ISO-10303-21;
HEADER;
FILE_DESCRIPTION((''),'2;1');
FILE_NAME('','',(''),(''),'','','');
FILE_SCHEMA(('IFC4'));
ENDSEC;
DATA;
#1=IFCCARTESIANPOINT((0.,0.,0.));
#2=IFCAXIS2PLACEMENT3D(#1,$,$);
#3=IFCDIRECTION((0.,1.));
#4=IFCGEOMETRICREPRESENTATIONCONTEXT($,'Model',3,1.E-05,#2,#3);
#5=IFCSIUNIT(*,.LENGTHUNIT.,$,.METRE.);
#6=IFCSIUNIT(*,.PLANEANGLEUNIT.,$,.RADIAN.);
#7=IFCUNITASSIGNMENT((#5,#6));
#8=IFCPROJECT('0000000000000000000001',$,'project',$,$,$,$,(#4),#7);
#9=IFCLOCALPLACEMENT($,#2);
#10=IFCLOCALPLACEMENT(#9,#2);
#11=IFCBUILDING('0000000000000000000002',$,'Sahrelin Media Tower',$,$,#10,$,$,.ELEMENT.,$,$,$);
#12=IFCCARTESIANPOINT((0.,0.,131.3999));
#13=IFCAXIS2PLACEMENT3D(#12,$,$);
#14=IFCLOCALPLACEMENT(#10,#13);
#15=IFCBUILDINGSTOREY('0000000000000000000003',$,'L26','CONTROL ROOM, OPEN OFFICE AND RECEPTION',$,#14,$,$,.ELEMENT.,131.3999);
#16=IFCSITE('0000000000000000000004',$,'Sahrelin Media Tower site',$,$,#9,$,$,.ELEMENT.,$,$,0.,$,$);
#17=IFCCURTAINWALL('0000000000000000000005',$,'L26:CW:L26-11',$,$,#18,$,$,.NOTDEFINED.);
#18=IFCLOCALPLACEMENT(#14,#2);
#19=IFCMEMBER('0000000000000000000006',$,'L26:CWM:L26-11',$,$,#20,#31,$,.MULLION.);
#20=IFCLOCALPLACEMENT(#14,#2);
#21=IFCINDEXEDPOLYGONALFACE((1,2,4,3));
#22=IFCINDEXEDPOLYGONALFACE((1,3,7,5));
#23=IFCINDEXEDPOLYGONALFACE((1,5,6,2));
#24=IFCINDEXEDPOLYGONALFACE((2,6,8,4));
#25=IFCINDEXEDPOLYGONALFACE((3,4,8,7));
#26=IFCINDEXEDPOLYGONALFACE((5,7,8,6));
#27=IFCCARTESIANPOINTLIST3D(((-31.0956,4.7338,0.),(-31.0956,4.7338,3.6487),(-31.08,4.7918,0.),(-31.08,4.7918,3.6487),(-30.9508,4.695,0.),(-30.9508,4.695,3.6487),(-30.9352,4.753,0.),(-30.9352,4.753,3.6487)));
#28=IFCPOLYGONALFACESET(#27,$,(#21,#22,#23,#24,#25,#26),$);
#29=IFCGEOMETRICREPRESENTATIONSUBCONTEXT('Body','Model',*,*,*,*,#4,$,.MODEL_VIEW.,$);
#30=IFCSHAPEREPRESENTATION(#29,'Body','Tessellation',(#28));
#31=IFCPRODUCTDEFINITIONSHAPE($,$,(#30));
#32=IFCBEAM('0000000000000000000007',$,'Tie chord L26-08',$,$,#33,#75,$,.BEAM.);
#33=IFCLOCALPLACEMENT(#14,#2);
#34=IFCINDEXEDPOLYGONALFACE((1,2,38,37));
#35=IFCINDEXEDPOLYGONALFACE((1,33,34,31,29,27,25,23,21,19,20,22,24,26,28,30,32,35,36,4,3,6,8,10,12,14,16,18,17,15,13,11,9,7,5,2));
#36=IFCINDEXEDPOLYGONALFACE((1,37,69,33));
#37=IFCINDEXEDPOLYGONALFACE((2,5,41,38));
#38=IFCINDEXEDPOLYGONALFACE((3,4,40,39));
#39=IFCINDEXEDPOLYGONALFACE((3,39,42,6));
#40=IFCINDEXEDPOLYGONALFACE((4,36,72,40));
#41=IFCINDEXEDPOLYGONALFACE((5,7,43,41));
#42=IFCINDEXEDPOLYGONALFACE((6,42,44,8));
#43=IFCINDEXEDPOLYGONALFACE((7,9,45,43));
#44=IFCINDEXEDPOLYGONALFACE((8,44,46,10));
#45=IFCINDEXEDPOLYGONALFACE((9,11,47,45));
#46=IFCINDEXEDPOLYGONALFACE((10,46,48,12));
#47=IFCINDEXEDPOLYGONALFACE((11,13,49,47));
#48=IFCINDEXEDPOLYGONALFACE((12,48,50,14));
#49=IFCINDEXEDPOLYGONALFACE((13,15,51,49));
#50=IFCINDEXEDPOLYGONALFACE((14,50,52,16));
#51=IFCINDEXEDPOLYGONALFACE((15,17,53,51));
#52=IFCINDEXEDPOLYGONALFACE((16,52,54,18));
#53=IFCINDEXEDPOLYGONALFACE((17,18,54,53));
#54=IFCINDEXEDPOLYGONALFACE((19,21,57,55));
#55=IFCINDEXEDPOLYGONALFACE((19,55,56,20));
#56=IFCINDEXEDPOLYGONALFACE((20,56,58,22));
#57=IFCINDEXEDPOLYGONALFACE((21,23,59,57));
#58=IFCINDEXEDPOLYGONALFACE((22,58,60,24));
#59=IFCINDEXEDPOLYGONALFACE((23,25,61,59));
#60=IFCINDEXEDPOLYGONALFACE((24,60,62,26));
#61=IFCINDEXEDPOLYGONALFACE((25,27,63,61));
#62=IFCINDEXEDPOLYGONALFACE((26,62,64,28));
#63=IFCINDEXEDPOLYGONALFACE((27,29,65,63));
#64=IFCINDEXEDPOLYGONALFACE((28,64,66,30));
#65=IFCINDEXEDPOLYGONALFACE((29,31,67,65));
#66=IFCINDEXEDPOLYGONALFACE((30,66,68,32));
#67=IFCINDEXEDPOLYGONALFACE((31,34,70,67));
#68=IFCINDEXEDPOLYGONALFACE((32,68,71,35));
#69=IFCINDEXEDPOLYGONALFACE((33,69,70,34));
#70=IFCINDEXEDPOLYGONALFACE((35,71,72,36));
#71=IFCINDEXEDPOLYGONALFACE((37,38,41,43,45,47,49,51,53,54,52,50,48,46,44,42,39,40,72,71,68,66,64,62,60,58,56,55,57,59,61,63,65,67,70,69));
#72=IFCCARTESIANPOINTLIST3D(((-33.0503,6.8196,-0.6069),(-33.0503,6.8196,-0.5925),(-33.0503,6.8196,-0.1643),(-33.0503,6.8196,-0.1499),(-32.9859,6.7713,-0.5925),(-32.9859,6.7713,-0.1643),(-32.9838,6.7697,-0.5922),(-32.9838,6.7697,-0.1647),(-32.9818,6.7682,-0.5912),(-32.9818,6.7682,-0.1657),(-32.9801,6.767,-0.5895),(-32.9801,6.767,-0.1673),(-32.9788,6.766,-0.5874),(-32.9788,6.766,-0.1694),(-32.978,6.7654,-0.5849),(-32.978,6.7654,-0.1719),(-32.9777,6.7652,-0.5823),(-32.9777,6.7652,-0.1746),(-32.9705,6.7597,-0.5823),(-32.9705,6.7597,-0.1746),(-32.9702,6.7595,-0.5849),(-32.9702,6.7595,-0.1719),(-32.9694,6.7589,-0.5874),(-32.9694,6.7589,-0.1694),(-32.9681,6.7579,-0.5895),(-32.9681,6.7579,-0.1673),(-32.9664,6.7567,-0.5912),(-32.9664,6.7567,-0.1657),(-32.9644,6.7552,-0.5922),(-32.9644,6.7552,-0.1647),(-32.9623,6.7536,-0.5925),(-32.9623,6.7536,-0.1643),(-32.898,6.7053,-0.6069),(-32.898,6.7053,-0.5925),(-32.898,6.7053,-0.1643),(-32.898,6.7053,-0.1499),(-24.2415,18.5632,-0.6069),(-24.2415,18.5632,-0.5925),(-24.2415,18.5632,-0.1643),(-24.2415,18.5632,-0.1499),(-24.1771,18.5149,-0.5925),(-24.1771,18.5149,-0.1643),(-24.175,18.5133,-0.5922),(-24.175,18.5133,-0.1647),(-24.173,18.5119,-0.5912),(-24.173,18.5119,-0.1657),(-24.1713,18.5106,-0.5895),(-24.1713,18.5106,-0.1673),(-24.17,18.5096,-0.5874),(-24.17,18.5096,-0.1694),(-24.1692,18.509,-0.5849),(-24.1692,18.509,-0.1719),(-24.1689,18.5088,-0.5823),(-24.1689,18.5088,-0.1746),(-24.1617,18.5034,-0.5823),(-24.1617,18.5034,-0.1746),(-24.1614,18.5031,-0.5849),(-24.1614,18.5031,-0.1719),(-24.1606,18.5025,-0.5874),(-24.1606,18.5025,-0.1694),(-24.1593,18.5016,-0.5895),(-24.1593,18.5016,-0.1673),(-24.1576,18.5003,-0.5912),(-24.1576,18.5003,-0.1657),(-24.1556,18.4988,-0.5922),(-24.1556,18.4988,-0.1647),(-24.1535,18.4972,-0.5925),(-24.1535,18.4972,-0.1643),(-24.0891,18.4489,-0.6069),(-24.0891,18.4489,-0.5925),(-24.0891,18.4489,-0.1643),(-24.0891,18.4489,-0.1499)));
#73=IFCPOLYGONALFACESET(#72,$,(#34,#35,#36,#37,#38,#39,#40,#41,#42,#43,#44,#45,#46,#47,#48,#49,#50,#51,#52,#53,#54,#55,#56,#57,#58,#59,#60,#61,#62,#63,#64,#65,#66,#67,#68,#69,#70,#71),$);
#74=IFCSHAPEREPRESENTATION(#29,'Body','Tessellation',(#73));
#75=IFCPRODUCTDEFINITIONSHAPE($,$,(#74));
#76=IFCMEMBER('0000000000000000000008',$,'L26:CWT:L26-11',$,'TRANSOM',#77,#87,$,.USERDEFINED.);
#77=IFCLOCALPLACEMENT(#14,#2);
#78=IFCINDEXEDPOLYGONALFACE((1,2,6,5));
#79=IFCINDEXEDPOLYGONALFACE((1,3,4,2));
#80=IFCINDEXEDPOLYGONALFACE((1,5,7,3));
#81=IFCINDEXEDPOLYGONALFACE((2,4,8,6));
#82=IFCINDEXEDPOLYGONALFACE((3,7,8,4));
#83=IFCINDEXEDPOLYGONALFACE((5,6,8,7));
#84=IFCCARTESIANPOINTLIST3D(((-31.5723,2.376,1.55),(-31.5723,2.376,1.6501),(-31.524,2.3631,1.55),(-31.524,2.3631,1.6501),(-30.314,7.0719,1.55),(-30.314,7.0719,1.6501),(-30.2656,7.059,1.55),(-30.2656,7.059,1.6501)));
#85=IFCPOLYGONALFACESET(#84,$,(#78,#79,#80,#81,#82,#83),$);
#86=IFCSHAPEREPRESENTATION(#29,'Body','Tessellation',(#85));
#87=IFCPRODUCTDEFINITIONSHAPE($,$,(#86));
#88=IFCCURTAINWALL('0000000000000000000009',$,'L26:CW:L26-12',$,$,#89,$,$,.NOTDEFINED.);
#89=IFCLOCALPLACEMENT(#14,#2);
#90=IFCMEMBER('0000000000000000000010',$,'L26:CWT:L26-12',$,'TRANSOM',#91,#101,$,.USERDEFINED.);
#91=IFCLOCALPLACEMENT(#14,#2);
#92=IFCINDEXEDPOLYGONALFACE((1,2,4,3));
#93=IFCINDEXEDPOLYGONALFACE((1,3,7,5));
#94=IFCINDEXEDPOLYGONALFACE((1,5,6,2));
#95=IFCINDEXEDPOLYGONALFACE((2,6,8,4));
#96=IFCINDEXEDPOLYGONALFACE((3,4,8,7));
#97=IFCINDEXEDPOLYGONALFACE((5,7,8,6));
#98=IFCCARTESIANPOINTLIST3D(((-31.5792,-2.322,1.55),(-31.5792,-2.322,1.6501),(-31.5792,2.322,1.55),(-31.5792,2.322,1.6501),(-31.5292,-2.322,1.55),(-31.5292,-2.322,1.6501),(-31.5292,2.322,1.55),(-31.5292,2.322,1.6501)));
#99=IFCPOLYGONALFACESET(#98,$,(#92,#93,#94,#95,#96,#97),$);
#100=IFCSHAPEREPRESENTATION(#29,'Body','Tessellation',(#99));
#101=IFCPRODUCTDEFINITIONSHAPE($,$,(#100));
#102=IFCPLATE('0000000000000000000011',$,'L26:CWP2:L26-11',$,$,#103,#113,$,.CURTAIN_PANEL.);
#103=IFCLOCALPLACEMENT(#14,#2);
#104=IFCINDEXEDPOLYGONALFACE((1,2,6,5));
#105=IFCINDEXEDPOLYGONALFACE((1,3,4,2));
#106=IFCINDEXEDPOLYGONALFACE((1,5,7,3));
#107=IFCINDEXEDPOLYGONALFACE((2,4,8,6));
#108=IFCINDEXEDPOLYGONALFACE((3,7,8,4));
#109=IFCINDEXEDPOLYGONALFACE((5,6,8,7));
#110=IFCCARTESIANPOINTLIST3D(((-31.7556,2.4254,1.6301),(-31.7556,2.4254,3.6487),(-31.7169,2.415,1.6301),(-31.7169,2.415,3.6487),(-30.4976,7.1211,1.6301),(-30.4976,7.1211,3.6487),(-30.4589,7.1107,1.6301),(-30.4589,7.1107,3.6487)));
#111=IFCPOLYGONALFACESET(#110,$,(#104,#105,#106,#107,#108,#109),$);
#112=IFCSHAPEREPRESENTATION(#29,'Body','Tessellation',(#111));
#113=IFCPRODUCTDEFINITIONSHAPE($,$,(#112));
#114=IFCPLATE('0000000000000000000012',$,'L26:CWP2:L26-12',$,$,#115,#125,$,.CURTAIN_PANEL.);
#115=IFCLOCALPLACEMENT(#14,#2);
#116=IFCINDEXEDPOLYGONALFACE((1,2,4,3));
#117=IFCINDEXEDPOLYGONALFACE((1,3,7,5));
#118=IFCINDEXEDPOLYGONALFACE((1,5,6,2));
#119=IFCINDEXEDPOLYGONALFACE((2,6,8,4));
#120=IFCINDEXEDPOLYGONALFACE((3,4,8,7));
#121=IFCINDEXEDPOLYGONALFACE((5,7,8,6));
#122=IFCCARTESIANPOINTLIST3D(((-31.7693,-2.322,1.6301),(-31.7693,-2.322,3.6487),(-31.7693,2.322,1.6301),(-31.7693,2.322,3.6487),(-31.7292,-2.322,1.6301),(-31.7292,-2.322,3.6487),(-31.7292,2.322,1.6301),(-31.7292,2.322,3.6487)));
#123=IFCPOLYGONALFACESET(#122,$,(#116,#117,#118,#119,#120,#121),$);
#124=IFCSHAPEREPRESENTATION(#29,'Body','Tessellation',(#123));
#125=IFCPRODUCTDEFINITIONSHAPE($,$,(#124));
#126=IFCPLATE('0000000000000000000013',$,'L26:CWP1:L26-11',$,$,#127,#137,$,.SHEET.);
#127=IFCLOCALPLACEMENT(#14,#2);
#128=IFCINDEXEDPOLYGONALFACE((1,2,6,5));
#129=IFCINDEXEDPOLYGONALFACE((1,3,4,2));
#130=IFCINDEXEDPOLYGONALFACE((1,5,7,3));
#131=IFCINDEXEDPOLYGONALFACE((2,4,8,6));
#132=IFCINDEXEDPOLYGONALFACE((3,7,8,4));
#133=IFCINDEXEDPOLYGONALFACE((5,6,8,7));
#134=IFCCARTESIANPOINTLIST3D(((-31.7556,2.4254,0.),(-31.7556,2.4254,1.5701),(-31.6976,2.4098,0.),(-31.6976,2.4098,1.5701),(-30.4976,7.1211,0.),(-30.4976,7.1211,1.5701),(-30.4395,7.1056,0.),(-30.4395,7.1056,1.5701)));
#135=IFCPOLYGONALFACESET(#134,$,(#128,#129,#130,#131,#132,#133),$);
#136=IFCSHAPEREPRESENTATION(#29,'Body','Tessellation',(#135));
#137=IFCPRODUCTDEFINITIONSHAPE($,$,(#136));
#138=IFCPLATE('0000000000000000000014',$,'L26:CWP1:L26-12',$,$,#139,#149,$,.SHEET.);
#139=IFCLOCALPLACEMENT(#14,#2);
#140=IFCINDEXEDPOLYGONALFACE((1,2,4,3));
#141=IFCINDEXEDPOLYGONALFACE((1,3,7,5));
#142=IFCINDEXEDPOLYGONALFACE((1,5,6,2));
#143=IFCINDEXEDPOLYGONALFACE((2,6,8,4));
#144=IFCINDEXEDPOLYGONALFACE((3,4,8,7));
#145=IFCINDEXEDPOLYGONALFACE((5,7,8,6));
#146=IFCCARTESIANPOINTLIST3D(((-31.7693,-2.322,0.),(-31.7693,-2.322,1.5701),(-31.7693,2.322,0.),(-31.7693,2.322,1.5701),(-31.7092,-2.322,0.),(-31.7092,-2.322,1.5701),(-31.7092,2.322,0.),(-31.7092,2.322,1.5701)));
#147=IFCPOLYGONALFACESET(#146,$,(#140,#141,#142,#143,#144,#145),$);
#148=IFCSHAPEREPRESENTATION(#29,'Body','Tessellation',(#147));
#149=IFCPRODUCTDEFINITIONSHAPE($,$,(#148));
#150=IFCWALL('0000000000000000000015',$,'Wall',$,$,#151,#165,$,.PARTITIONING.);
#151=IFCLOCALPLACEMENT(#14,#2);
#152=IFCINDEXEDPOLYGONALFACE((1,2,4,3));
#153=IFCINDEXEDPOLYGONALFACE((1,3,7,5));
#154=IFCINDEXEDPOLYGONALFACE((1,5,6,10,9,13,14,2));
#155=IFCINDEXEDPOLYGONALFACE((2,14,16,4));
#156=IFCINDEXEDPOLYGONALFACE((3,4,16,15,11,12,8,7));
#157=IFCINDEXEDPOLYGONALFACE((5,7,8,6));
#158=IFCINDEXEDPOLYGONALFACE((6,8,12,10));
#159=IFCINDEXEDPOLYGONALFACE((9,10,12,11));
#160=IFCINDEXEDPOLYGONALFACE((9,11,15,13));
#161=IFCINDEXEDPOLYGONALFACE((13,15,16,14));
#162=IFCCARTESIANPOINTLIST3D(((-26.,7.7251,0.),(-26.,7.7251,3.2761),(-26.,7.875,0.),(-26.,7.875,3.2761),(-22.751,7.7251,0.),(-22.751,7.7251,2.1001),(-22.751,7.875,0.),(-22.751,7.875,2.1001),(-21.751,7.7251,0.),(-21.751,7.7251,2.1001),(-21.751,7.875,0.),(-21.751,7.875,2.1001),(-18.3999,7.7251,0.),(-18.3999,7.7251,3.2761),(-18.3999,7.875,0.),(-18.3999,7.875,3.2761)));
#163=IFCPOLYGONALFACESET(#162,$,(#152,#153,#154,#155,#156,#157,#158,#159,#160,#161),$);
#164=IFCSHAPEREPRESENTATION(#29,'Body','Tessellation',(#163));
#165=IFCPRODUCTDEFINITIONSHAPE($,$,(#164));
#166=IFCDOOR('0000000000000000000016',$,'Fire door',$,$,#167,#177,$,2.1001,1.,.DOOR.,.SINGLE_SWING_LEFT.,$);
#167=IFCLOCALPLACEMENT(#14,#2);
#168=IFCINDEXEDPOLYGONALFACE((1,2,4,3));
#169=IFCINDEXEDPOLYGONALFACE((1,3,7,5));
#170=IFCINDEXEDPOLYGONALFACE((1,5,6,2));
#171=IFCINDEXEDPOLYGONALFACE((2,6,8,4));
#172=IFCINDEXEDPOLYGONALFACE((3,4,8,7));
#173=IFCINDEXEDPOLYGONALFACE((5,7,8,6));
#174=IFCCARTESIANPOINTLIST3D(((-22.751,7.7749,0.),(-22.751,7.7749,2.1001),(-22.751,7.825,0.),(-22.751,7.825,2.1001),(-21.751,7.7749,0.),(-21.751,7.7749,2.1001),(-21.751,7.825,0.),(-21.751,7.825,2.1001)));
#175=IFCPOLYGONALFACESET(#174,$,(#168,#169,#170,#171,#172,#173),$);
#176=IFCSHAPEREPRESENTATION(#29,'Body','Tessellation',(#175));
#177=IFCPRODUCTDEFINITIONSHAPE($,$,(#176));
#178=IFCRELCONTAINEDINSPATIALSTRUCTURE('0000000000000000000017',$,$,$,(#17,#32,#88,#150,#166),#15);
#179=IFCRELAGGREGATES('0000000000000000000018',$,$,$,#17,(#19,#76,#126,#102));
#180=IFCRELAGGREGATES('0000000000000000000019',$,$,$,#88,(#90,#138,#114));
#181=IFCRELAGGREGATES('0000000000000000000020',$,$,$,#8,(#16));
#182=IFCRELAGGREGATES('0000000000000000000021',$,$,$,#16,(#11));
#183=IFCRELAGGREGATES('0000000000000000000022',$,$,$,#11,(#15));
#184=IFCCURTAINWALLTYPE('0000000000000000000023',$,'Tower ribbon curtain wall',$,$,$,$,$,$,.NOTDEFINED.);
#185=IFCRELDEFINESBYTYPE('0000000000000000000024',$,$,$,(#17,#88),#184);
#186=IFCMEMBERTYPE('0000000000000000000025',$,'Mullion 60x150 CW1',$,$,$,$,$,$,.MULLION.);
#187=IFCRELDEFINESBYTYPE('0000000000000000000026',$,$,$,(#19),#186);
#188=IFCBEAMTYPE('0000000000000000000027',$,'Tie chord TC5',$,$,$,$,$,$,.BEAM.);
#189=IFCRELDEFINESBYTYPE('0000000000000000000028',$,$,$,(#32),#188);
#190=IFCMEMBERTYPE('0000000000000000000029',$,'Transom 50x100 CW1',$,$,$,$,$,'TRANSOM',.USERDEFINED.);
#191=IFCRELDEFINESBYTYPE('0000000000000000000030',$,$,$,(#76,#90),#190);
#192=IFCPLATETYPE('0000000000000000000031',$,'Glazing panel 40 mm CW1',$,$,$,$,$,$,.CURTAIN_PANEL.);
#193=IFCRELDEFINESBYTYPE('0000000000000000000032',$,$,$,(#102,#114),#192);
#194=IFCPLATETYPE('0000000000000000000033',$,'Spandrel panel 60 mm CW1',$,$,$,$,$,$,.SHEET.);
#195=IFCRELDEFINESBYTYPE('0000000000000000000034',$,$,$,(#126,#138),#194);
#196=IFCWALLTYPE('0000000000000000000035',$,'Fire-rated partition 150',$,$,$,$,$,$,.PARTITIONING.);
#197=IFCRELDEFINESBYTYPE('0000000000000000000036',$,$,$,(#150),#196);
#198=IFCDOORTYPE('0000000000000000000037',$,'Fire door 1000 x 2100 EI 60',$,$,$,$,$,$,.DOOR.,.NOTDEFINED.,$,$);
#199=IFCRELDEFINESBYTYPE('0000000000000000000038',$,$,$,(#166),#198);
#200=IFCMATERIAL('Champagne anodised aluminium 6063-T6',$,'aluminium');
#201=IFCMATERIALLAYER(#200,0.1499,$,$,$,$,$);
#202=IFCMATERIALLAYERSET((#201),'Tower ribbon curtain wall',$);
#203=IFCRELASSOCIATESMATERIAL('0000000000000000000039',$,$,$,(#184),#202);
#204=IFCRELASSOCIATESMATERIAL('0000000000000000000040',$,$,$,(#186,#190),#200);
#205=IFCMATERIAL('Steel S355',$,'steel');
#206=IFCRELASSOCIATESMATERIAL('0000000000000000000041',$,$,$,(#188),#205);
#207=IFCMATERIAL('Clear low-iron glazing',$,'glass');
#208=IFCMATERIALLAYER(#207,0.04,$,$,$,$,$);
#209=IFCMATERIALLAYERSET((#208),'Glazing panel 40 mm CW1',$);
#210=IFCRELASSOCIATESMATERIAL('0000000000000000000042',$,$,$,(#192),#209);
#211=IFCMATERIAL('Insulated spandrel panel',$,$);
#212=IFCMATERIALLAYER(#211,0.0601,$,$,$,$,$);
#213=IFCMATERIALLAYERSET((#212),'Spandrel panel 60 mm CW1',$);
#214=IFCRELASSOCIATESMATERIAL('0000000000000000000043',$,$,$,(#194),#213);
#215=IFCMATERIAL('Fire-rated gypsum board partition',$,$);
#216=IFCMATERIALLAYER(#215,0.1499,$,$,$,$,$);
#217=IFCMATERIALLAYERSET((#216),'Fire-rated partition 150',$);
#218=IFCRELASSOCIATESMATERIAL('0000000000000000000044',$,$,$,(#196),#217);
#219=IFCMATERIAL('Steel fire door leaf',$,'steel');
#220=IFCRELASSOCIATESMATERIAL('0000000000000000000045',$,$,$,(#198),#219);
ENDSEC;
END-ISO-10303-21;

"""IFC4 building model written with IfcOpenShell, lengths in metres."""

from ifc_helpers import new_model, si_unit, direction, frame, frame_2d, origin, origin_2d, place, context, subcontext, project, spatial, polyline, rectangle, i_section, outline, extrude, material, layer, layer_set, material_profile, profile_set, type_object, element, fill, aggregate, save


model = new_model("IFC4")

# Units and contexts
model_context = context("Model", 3, precision=1e-05, world=origin(), true_north=direction((0.0, 1.0)))
body_context = subcontext(model_context, "Body", "Model", "MODEL_VIEW")
ifc_project = project(units=[si_unit("LENGTHUNIT", "METRE"), si_unit("PLANEANGLEUNIT", "RADIAN")], contexts=[model_context])

# Site, building, storey
site_placement = place(None, origin())
site = spatial("IfcSite", under=ifc_project, at=site_placement, Name="Sahrelin Media Tower site", CompositionType="ELEMENT", RefElevation=0.0)
building_placement = place(site_placement, origin())
building = spatial("IfcBuilding", under=site, at=building_placement, Name="Sahrelin Media Tower", CompositionType="ELEMENT")
storey_placement = place(building_placement, frame((0.0, 0.0, 131.3999)))
storey = spatial("IfcBuildingStorey", under=building, at=storey_placement, Name="L26", Description="CONTROL ROOM, OPEN OFFICE AND RECEPTION", CompositionType="ELEMENT", Elevation=131.3999)

# Shared definitions
ifc_material_1 = material(Name="Steel S355", Category="steel")

# Curtain wall, member
ifc_material_2 = material(Name="Champagne anodised aluminium 6063-T6", Category="aluminium")
ifc_layer_1 = layer(ifc_material_2, 0.1499)
ifc_layer_set_1 = layer_set([ifc_layer_1], Name="Tower ribbon curtain wall")
curtain_wall_type = type_object("IfcCurtainWallType", Name="Tower ribbon curtain wall", PredefinedType="NOTDEFINED", material=ifc_layer_set_1)
ifc_material_profile_1 = material_profile(ifc_material_2, rectangle(XDim=0.0601, YDim=0.1499, at=origin_2d()), Name="Mullion 60x150")
ifc_profile_set_1 = profile_set([ifc_material_profile_1], Name="Champagne anodised aluminium 6063-T6")
member_type_1 = type_object("IfcMemberType", Name="Mullion 60x150 CW1", PredefinedType="MULLION", material=ifc_profile_set_1)
curtain_wall_1_placement = place(storey_placement, frame((-31.1074, 4.7681, 0.0), z_axis=(0.0, 0.0, 1.0), x_axis=(1.0, 0.0, 0.0)))
curtain_wall_1 = element("IfcCurtainWall", 1, at=curtain_wall_1_placement, inside=storey, type_object=curtain_wall_type, Name="L26:CW:L26-11", PredefinedType="NOTDEFINED")
member_1_placement = place(storey_placement, frame((-31.0154, 4.7434, 0.0), z_axis=(0.0, 0.0, 1.0), x_axis=(-0.258821, -0.965925, 0.0)))
member_1 = element("IfcMember", 2, at=member_1_placement, type_object=member_type_1, Name="L26:CWM:L26-11", PredefinedType="MULLION", context=body_context, shape_type="SweptSolid", body=[
    extrude(rectangle(XDim=0.0601, YDim=0.1499, at=origin_2d()), origin(), (0.0, 0.0, 1.0), 3.6487),
])

# Beam
ifc_material_profile_2 = material_profile(ifc_material_1, i_section(OverallWidth=0.1904, OverallDepth=0.457, WebThickness=0.009, FlangeThickness=0.0144, FilletRadius=0.0103, at=origin_2d()), Name="UB 457x191x74")
ifc_profile_set_2 = profile_set([ifc_material_profile_2], Name="Steel S355")
beam_type_1 = type_object("IfcBeamType", Name="Tie chord TC5", PredefinedType="BEAM", material=ifc_profile_set_2)
beam_1_placement = place(storey_placement, frame((-32.9741, 6.7625, -0.3784), z_axis=(0.600048, 0.799964, 0.0), x_axis=(-0.799964, 0.600048, 0.0)))
element("IfcBeam", 3, at=beam_1_placement, inside=storey, type_object=beam_type_1, Name="Tie chord L26-08", PredefinedType="BEAM", context=body_context, shape_type="SweptSolid", body=[
    extrude(i_section(OverallWidth=0.1904, OverallDepth=0.457, WebThickness=0.009, FlangeThickness=0.0144, FilletRadius=0.0103, at=origin_2d()), origin(), (0.0, 0.0, 1.0), 14.6802),
])

# Member
ifc_material_profile_3 = material_profile(ifc_material_2, rectangle(XDim=0.05, YDim=0.1001, at=origin_2d()), Name="Transom 50x100")
ifc_profile_set_3 = profile_set([ifc_material_profile_3], Name="Champagne anodised aluminium 6063-T6")
member_type_2 = type_object("IfcMemberType", Name="Transom 50x100 CW1", ElementType="TRANSOM", PredefinedType="USERDEFINED", material=ifc_profile_set_3)
member_2_placement = place(storey_placement, frame((-30.2898, 7.0654, 1.6001), z_axis=(-0.258831, -0.965922, 0.0), x_axis=(0.965922, -0.258831, 0.0)))
member_2 = element("IfcMember", 4, at=member_2_placement, type_object=member_type_2, Name="L26:CWT:L26-11", ObjectType="TRANSOM", PredefinedType="USERDEFINED", context=body_context, shape_type="SweptSolid", body=[
    extrude(rectangle(XDim=0.05, YDim=0.1001, at=origin_2d()), origin(), (0.0, 0.0, 1.0), 4.8616),
])

# Curtain wall, member
curtain_wall_2_placement = place(storey_placement, frame((-31.7493, 0.0, 0.0), z_axis=(0.0, 0.0, 1.0), x_axis=(1.0, 0.0, 0.0)))
curtain_wall_2 = element("IfcCurtainWall", 5, at=curtain_wall_2_placement, inside=storey, type_object=curtain_wall_type, Name="L26:CW:L26-12", PredefinedType="NOTDEFINED")
member_3_placement = place(storey_placement, frame((-31.5542, 2.322, 1.6001), z_axis=(0.0, -1.0, 0.0), x_axis=(1.0, 0.0, 0.0)))
member_3 = element("IfcMember", 6, at=member_3_placement, type_object=member_type_2, Name="L26:CWT:L26-12", ObjectType="TRANSOM", PredefinedType="USERDEFINED", context=body_context, shape_type="SweptSolid", body=[
    extrude(rectangle(XDim=0.05, YDim=0.1001, at=origin_2d()), origin(), (0.0, 0.0, 1.0), 4.644),
])

# Plates
ifc_material_3 = material(Name="Clear low-iron glazing", Category="glass")
ifc_layer_2 = layer(ifc_material_3, 0.04)
ifc_layer_set_2 = layer_set([ifc_layer_2], Name="Glazing panel 40 mm CW1")
plate_type_1 = type_object("IfcPlateType", Name="Glazing panel 40 mm CW1", PredefinedType="CURTAIN_PANEL", material=ifc_layer_set_2)
plate_1_placement = place(storey_placement, frame((-30.4976, 7.1211, 1.6301), z_axis=(-0.965935, 0.258785, 0.0), x_axis=(-0.258785, -0.965935, 0.0)))
plate_1 = element("IfcPlate", 7, at=plate_1_placement, type_object=plate_type_1, Name="L26:CWP2:L26-11", PredefinedType="CURTAIN_PANEL", context=body_context, shape_type="SweptSolid", body=[
    extrude(outline(polyline([(0.0, 0.0), (4.8613, 0.0), (4.8613, 2.0186), (0.0, 2.0186), (0.0, 0.0)])), origin(), (0.0, 0.0, -1.0), 0.04),
])
plate_2_placement = place(storey_placement, frame((-31.7693, 2.322, 1.6301), z_axis=(-1.0, 0.0, 0.0), x_axis=(0.0, -1.0, 0.0)))
plate_2 = element("IfcPlate", 8, at=plate_2_placement, type_object=plate_type_1, Name="L26:CWP2:L26-12", PredefinedType="CURTAIN_PANEL", context=body_context, shape_type="SweptSolid", body=[
    extrude(outline(polyline([(0.0, 0.0), (4.644, 0.0), (4.644, 2.0186), (0.0, 2.0186), (0.0, 0.0)])), origin(), (0.0, 0.0, -1.0), 0.04),
])
ifc_material_4 = material(Name="Insulated spandrel panel")
ifc_layer_3 = layer(ifc_material_4, 0.0601)
ifc_layer_set_3 = layer_set([ifc_layer_3], Name="Spandrel panel 60 mm CW1")
plate_type_2 = type_object("IfcPlateType", Name="Spandrel panel 60 mm CW1", PredefinedType="SHEET", material=ifc_layer_set_3)
plate_3_placement = place(storey_placement, frame((-30.4976, 7.1211, 0.0), z_axis=(-0.965935, 0.258785, 0.0), x_axis=(-0.258785, -0.965935, 0.0)))
plate_3 = element("IfcPlate", 9, at=plate_3_placement, type_object=plate_type_2, Name="L26:CWP1:L26-11", PredefinedType="SHEET", context=body_context, shape_type="SweptSolid", body=[
    extrude(outline(polyline([(0.0, 0.0), (4.8613, 0.0), (4.8613, 1.5701), (0.0, 1.5701), (0.0, 0.0)])), origin(), (0.0, 0.0, -1.0), 0.0601),
])
aggregate(curtain_wall_1, [member_1, member_2, plate_3, plate_1])
plate_4_placement = place(storey_placement, frame((-31.7693, 2.322, 0.0), z_axis=(-1.0, 0.0, 0.0), x_axis=(0.0, -1.0, 0.0)))
plate_4 = element("IfcPlate", 10, at=plate_4_placement, type_object=plate_type_2, Name="L26:CWP1:L26-12", PredefinedType="SHEET", context=body_context, shape_type="SweptSolid", body=[
    extrude(outline(polyline([(0.0, 0.0), (4.644, 0.0), (4.644, 1.5701), (0.0, 1.5701), (0.0, 0.0)])), origin(), (0.0, 0.0, -1.0), 0.0601),
])
aggregate(curtain_wall_2, [member_3, plate_4, plate_2])

# Wall, opening, door
ifc_material_5 = material(Name="Fire-rated gypsum board partition")
ifc_layer_4 = layer(ifc_material_5, 0.1499)
ifc_layer_set_4 = layer_set([ifc_layer_4], Name="Fire-rated partition 150")
wall_type_1 = type_object("IfcWallType", Name="Fire-rated partition 150", PredefinedType="PARTITIONING", material=ifc_layer_set_4)
wall_1_placement = place(storey_placement, frame((-26.0, 7.8, 0.0), z_axis=(0.0, 0.0, 1.0), x_axis=(1.0, 0.0, 0.0)))
wall_1 = element("IfcWall", 11, at=wall_1_placement, inside=storey, type_object=wall_type_1, Name="Wall", PredefinedType="PARTITIONING", context=body_context, shape_type="SweptSolid", body=[
    extrude(rectangle(XDim=7.6001, YDim=0.1499, at=frame_2d((3.8, 0.0))), origin(), (0.0, 0.0, 1.0), 3.2761),
])
opening_placement = place(wall_1_placement, frame((3.249, 0.0, 0.0)))
opening = element("IfcOpeningElement", 12, at=opening_placement, cuts=wall_1, PredefinedType="OPENING", context=body_context, shape_type="SweptSolid", body=[
    extrude(rectangle(XDim=1.0, YDim=2.1001, at=frame_2d((0.5, 1.05))), frame((0.0, 0.075, 0.0), z_axis=(0.0, -1.0, 0.0), x_axis=(1.0, 0.0, 0.0)), (0.0, 0.0, 1.0), 0.1499),
])
ifc_material_6 = material(Name="Steel fire door leaf", Category="steel")
door_type = type_object("IfcDoorType", Name="Fire door 1000 x 2100 EI 60", OperationType="NOTDEFINED", PredefinedType="DOOR", material=ifc_material_6)
door_placement = place(opening_placement, origin())
door = element("IfcDoor", 13, at=door_placement, inside=storey, type_object=door_type, Name="Fire door", OperationType="SINGLE_SWING_LEFT", OverallHeight=2.1001, OverallWidth=1.0, PredefinedType="DOOR", context=body_context, shape_type="SweptSolid", body=[
    extrude(rectangle(XDim=1.0, YDim=2.1001, at=frame_2d((0.5, 1.05))), frame((0.0, 0.0249, 0.0), z_axis=(0.0, -1.0, 0.0), x_axis=(1.0, 0.0, 0.0)), (0.0, 0.0, 1.0), 0.05),
])
fill(opening, door)

save(model, "model.ifc")
